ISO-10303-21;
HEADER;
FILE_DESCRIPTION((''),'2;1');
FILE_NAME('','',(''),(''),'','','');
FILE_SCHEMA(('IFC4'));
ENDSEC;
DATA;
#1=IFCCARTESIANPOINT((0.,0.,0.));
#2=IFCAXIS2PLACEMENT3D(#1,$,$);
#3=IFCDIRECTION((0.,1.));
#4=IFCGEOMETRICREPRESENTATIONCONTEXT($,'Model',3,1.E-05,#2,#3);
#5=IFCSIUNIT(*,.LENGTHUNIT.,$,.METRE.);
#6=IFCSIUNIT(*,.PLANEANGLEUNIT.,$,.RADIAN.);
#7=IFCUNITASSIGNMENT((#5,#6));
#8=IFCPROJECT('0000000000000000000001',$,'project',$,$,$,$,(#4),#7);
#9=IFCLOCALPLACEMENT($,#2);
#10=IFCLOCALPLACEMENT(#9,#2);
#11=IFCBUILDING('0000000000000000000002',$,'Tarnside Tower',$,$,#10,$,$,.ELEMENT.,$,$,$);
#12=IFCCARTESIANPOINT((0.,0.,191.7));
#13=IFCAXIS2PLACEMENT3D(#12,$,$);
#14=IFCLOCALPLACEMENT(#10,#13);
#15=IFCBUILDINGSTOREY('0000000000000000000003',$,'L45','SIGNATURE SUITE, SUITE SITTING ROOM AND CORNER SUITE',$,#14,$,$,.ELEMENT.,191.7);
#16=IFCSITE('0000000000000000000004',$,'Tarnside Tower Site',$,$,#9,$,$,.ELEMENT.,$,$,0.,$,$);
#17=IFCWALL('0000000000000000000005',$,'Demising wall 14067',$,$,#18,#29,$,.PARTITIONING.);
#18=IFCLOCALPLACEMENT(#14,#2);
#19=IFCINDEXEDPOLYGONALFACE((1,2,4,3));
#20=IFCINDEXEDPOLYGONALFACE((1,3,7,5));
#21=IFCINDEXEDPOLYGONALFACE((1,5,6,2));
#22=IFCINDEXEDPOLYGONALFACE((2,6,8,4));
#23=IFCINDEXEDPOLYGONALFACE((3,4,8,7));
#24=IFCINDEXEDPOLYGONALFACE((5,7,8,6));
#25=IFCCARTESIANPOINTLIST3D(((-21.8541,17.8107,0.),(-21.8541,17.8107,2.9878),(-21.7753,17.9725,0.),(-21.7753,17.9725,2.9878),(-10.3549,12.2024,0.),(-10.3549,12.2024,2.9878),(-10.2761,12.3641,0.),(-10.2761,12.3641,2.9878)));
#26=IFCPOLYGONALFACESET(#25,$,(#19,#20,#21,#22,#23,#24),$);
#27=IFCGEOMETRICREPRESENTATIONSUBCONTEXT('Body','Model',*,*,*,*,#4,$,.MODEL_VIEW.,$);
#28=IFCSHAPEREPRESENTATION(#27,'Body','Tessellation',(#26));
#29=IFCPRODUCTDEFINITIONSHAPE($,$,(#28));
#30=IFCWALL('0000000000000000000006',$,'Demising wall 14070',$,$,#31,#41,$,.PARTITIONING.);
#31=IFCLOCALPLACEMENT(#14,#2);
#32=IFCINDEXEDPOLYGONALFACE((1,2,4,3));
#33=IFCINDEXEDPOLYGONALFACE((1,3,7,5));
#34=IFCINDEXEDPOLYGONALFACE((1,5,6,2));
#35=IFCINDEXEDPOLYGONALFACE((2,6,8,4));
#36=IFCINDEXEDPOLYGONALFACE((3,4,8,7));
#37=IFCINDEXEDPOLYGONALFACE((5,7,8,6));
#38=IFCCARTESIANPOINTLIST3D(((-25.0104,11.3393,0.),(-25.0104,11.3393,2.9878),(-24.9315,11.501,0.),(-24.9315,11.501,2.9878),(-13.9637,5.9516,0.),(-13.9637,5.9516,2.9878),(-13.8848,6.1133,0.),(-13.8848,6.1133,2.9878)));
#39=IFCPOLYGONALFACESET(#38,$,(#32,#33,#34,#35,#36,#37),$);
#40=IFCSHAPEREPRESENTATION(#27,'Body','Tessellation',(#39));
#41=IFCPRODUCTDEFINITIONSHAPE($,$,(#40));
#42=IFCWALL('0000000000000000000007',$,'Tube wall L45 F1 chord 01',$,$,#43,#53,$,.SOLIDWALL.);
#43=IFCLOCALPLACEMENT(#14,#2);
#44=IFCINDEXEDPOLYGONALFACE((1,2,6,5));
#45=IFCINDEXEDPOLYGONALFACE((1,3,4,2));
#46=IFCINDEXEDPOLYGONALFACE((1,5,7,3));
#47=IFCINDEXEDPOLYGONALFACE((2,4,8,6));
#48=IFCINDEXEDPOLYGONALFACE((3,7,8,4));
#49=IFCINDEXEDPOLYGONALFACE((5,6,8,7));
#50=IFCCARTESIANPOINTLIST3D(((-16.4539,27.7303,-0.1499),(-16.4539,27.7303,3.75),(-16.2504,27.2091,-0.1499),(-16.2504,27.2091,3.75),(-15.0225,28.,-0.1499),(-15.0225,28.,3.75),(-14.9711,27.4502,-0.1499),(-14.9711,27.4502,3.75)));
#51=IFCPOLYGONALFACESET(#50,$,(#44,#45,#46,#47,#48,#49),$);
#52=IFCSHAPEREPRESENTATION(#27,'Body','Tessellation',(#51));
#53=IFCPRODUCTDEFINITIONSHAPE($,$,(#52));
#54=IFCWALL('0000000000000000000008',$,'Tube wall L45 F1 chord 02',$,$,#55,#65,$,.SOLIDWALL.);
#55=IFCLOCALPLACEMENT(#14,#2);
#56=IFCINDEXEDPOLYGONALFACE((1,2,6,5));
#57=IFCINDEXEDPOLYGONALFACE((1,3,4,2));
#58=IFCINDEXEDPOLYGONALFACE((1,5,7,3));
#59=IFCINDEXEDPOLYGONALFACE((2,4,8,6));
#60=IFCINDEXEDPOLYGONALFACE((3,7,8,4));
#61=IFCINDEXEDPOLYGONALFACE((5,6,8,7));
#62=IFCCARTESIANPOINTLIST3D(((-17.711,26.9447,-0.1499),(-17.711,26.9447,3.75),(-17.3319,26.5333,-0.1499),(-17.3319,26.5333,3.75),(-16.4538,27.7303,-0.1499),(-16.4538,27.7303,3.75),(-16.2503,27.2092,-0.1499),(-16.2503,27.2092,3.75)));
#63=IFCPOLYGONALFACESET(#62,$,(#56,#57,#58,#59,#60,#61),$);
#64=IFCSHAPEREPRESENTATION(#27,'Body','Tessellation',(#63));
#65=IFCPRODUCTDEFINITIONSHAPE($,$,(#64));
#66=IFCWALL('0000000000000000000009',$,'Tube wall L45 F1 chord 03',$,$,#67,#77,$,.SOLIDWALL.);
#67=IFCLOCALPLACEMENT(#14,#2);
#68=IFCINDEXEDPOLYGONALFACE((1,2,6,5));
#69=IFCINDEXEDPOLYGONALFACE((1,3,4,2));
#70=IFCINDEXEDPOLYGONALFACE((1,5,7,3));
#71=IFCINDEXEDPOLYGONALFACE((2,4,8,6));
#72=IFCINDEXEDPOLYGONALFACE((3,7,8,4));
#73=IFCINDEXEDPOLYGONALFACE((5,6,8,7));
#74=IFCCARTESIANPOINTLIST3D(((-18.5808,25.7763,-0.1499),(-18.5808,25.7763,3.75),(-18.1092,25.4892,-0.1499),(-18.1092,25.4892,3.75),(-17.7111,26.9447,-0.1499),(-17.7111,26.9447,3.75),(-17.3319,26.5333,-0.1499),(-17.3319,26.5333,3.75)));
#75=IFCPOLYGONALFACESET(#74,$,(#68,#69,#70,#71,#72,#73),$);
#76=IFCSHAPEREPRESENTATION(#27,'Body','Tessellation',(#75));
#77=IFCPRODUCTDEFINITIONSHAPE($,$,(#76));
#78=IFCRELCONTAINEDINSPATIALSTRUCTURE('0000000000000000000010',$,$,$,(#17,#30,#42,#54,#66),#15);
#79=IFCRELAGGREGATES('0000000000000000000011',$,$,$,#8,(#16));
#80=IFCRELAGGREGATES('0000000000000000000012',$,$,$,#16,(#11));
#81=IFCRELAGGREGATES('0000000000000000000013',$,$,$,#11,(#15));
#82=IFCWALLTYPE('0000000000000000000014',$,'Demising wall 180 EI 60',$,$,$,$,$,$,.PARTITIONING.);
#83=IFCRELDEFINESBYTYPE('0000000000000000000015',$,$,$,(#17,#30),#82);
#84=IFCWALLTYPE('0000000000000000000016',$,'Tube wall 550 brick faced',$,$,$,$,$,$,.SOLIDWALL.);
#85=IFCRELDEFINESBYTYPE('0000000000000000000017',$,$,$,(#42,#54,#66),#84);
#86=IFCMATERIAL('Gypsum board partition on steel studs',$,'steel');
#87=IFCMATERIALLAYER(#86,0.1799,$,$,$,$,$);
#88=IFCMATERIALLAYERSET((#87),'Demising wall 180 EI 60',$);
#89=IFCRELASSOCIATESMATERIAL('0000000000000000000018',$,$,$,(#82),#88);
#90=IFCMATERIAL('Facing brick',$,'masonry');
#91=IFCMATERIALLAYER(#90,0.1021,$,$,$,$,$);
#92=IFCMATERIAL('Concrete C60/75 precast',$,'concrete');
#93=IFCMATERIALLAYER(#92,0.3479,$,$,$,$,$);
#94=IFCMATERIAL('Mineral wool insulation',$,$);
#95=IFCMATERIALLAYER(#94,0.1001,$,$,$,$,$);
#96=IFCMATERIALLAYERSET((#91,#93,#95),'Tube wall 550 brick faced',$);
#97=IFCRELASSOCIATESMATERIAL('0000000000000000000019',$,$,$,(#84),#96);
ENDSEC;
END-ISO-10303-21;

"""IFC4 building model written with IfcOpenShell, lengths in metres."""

from ifc_helpers import new_model, si_unit, direction, frame, frame_2d, origin, place, context, subcontext, project, spatial, polyline, rectangle, outline, extrude, material, layer, layer_set, type_object, element, save


model = new_model("IFC4")

# Units and contexts
model_context = context("Model", 3, precision=1e-05, world=origin(), true_north=direction((0.0, 1.0)))
body_context = subcontext(model_context, "Body", "Model", "MODEL_VIEW")
ifc_project = project(units=[si_unit("LENGTHUNIT", "METRE"), si_unit("PLANEANGLEUNIT", "RADIAN")], contexts=[model_context])

# Site, building, storey
site_placement = place(None, origin())
site = spatial("IfcSite", under=ifc_project, at=site_placement, Name="Tarnside Tower Site", CompositionType="ELEMENT", RefElevation=0.0)
building_placement = place(site_placement, origin())
building = spatial("IfcBuilding", under=site, at=building_placement, Name="Tarnside Tower", CompositionType="ELEMENT")
storey_placement = place(building_placement, frame((0.0, 0.0, 191.7)))
storey = spatial("IfcBuildingStorey", under=building, at=storey_placement, Name="L45", Description="SIGNATURE SUITE, SUITE SITTING ROOM AND CORNER SUITE", CompositionType="ELEMENT", Elevation=191.7)

# Shared definitions
ifc_material_1 = material(Name="Gypsum board partition on steel studs", Category="steel")

# Walls
ifc_layer_1 = layer(ifc_material_1, 0.1799)
ifc_layer_set_1 = layer_set([ifc_layer_1], Name="Demising wall 180 EI 60")
wall_type_1 = type_object("IfcWallType", Name="Demising wall 180 EI 60", PredefinedType="PARTITIONING", material=ifc_layer_set_1)
wall_1_placement = place(storey_placement, frame((-21.8147, 17.8916, 0.0), z_axis=(0.0, 0.0, 1.0), x_axis=(0.898799, -0.43836, 0.0)))
element("IfcWall", 1, at=wall_1_placement, inside=storey, type_object=wall_type_1, Name="Demising wall 14067", PredefinedType="PARTITIONING", context=body_context, shape_type="SweptSolid", body=[
    extrude(rectangle(XDim=12.7939, YDim=0.1799, at=frame_2d((6.397, 0.0))), origin(), (0.0, 0.0, 1.0), 2.9878),
])
wall_2_placement = place(storey_placement, frame((-24.9709, 11.4202, 0.0), z_axis=(0.0, 0.0, 1.0), x_axis=(0.898797, -0.438364, 0.0)))
element("IfcWall", 2, at=wall_2_placement, inside=storey, type_object=wall_type_1, Name="Demising wall 14070", PredefinedType="PARTITIONING", context=body_context, shape_type="SweptSolid", body=[
    extrude(rectangle(XDim=12.2905, YDim=0.1799, at=frame_2d((6.1453, 0.0))), origin(), (0.0, 0.0, 1.0), 2.9878),
])
ifc_material_2 = material(Name="Facing brick", Category="masonry")
ifc_layer_2 = layer(ifc_material_2, 0.1021)
ifc_material_3 = material(Name="Concrete C60/75 precast", Category="concrete")
ifc_layer_3 = layer(ifc_material_3, 0.3479)
ifc_material_4 = material(Name="Mineral wool insulation")
ifc_layer_4 = layer(ifc_material_4, 0.1001)
ifc_layer_set_2 = layer_set([ifc_layer_2, ifc_layer_3, ifc_layer_4], Name="Tube wall 550 brick faced")
wall_type_2 = type_object("IfcWallType", Name="Tube wall 550 brick faced", PredefinedType="SOLIDWALL", material=ifc_layer_set_2)
wall_3_placement = place(storey_placement, frame((-14.9968, 27.7251, -0.1499), z_axis=(0.0, 0.0, 1.0), x_axis=(-0.982705, -0.185176, 0.0)))
element("IfcWall", 3, at=wall_3_placement, inside=storey, type_object=wall_type_2, Name="Tube wall L45 F1 chord 01", PredefinedType="SOLIDWALL", context=body_context, shape_type="SweptSolid", body=[
    extrude(outline(polyline([(-0.0256, -0.2749), (1.4309, -0.2749), (1.3274, 0.2749), (0.0256, 0.2749), (-0.0256, -0.2749)])), origin(), (0.0, 0.0, 1.0), 3.8999),
])
wall_4_placement = place(storey_placement, frame((-16.3521, 27.4697, -0.1499), z_axis=(0.0, 0.0, 1.0), x_axis=(-0.848058, -0.529903, 0.0)))
element("IfcWall", 4, at=wall_4_placement, inside=storey, type_object=wall_type_2, Name="Tube wall L45 F1 chord 02", PredefinedType="SOLIDWALL", context=body_context, shape_type="SweptSolid", body=[
    extrude(outline(polyline([(-0.0518, -0.2749), (1.4307, -0.2749), (1.3271, 0.2749), (0.0518, 0.2749), (-0.0518, -0.2749)])), origin(), (0.0, 0.0, 1.0), 3.8999),
])
wall_5_placement = place(storey_placement, frame((-17.5215, 26.739, -0.1499), z_axis=(0.0, 0.0, 1.0), x_axis=(-0.597135, -0.802141, 0.0)))
element("IfcWall", 5, at=wall_5_placement, inside=storey, type_object=wall_type_2, Name="Tube wall L45 F1 chord 03", PredefinedType="SOLIDWALL", context=body_context, shape_type="SweptSolid", body=[
    extrude(outline(polyline([(-0.0518, -0.2749), (1.4048, -0.2749), (1.3535, 0.2749), (0.0518, 0.2749), (-0.0518, -0.2749)])), origin(), (0.0, 0.0, 1.0), 3.8999),
])

save(model, "model.ifc")
